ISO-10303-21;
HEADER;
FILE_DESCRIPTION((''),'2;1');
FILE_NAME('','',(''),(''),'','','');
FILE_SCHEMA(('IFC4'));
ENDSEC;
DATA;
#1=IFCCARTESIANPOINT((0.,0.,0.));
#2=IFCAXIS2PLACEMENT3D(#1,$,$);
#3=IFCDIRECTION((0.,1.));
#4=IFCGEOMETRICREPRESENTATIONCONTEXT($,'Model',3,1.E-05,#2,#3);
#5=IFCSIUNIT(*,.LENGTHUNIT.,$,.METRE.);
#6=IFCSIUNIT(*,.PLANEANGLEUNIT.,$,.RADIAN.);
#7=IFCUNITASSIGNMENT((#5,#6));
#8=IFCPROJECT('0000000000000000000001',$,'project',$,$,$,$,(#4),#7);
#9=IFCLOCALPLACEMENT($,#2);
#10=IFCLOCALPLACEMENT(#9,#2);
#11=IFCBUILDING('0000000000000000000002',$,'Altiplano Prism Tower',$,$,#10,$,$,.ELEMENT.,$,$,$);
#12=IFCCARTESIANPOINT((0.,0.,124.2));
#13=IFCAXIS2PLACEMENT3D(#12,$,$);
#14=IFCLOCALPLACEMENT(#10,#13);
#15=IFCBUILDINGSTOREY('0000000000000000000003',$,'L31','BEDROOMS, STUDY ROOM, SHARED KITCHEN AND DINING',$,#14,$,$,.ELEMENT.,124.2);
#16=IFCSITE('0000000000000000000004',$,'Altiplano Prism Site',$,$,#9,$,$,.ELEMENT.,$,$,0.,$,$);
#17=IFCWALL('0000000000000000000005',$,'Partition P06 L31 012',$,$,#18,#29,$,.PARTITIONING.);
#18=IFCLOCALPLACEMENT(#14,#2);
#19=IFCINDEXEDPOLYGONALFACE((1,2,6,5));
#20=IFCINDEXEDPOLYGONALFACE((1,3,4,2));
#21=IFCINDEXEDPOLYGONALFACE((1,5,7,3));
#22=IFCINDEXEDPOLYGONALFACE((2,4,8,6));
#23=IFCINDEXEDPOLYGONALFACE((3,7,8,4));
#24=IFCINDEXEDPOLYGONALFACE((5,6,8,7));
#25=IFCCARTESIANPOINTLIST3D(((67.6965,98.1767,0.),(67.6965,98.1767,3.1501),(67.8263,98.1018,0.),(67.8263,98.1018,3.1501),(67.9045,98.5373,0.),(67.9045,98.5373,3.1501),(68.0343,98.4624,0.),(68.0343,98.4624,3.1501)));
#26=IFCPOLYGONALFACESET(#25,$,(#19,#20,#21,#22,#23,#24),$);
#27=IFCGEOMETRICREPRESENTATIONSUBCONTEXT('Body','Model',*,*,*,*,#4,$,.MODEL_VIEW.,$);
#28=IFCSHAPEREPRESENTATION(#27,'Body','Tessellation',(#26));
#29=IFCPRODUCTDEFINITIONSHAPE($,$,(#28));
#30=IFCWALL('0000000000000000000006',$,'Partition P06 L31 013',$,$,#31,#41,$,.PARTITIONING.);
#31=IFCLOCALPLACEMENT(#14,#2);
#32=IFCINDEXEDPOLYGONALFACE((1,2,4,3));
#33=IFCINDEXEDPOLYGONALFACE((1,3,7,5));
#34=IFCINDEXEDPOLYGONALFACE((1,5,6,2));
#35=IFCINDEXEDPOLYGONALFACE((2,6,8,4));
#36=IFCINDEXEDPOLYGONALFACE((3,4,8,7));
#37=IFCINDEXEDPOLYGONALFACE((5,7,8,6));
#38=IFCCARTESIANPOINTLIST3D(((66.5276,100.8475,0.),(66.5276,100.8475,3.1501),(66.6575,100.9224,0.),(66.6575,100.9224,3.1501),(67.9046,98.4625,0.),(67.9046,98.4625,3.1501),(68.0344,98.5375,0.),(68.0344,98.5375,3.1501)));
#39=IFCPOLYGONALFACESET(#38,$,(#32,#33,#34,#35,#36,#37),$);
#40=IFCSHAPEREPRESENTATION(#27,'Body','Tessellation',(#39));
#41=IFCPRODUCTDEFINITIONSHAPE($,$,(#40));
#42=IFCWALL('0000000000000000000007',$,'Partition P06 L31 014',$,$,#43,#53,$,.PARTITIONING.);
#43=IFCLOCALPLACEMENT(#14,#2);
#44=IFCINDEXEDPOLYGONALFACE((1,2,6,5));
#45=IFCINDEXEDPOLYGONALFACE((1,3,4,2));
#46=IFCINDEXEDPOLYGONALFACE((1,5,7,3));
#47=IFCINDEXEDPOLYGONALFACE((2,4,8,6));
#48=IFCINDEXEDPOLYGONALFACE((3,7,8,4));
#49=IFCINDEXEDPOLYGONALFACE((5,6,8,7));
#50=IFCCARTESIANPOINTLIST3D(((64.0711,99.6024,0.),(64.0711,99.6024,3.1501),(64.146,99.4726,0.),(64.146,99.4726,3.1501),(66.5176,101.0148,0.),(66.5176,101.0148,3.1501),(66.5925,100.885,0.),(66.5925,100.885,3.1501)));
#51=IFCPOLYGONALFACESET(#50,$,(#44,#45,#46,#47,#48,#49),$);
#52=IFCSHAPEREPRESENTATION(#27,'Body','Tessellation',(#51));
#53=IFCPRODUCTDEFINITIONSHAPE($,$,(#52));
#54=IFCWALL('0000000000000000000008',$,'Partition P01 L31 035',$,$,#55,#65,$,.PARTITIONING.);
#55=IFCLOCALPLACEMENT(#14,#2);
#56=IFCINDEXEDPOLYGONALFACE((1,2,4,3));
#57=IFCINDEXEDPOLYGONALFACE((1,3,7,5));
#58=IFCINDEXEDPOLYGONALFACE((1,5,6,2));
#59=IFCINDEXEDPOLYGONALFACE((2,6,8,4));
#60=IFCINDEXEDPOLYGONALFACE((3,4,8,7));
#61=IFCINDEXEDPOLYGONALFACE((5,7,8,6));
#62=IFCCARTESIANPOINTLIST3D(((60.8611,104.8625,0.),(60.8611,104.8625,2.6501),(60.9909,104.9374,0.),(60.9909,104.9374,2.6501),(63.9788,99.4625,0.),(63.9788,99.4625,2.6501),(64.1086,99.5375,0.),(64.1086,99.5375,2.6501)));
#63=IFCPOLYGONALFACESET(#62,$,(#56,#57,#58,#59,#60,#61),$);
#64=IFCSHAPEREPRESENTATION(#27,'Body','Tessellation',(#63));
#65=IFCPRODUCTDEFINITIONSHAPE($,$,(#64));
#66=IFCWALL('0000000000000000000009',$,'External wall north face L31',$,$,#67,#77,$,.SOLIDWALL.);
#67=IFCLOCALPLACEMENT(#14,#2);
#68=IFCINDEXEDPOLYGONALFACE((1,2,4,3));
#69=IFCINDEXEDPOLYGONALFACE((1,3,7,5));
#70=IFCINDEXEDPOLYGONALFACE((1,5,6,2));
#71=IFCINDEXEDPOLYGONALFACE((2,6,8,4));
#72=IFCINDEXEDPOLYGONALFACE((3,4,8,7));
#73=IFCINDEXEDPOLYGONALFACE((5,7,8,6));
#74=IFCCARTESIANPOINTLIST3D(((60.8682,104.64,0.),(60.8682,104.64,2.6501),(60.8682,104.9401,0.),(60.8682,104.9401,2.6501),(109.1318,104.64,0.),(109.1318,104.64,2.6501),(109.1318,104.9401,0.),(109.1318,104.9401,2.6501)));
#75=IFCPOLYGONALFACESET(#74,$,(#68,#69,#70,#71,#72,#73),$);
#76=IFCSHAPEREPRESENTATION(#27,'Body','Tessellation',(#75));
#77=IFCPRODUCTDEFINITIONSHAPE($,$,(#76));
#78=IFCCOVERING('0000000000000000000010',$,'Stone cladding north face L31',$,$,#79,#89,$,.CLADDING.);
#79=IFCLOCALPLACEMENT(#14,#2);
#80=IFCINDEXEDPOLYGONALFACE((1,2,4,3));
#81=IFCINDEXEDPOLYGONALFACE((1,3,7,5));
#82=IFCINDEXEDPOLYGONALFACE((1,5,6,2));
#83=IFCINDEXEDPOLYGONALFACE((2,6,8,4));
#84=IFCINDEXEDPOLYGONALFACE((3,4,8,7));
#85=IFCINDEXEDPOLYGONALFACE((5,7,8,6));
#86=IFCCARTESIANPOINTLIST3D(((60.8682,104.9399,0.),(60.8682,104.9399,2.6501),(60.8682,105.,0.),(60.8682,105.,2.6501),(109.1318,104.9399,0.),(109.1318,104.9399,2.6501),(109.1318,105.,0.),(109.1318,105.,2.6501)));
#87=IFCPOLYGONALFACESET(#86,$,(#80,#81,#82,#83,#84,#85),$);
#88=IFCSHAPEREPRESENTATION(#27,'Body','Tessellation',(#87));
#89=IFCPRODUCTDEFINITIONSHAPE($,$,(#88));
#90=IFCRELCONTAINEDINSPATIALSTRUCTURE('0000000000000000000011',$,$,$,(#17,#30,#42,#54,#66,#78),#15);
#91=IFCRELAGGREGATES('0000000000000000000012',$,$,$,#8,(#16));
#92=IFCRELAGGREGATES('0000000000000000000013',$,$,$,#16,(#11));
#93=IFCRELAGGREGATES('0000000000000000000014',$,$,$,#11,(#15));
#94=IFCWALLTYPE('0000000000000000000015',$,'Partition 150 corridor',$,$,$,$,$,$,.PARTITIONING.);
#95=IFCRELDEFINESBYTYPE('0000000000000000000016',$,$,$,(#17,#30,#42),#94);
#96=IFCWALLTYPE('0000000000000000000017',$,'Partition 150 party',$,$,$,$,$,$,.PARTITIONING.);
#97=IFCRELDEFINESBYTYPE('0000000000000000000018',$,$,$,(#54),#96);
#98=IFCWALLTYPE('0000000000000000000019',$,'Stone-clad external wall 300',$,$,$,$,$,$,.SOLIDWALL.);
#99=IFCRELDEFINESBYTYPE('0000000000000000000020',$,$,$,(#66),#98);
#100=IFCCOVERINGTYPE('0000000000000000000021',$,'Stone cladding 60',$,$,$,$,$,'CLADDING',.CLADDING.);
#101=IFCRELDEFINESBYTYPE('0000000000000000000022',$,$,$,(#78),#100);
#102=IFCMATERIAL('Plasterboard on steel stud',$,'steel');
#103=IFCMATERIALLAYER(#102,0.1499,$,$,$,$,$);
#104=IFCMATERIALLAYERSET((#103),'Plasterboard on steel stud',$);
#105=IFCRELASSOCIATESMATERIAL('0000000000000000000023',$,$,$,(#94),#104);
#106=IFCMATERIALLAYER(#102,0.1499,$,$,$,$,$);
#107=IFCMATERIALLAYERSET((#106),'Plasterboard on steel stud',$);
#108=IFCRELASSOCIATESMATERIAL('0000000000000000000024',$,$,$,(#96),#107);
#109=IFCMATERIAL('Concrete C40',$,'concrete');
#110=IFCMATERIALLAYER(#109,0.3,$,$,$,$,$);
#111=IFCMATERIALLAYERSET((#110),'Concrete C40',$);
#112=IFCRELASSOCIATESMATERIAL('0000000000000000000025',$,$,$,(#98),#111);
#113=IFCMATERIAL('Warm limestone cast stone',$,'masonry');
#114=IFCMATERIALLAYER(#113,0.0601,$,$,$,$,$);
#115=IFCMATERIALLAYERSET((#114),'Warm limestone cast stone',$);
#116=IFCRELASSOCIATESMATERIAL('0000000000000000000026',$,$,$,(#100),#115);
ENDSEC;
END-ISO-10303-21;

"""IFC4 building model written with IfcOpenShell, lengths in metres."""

from ifc_helpers import new_model, si_unit, direction, frame, frame_2d, origin, place, context, subcontext, project, spatial, rectangle, extrude, material, layer, layer_set, type_object, element, save


model = new_model("IFC4")

# Units and contexts
model_context = context("Model", 3, precision=1e-05, world=origin(), true_north=direction((0.0, 1.0)))
body_context = subcontext(model_context, "Body", "Model", "MODEL_VIEW")
ifc_project = project(units=[si_unit("LENGTHUNIT", "METRE"), si_unit("PLANEANGLEUNIT", "RADIAN")], contexts=[model_context])

# Site, building, storey
site_placement = place(None, origin())
site = spatial("IfcSite", under=ifc_project, at=site_placement, Name="Altiplano Prism Site", CompositionType="ELEMENT", RefElevation=0.0)
building_placement = place(site_placement, origin())
building = spatial("IfcBuilding", under=site, at=building_placement, Name="Altiplano Prism Tower", CompositionType="ELEMENT")
storey_placement = place(building_placement, frame((0.0, 0.0, 124.2)))
storey = spatial("IfcBuildingStorey", under=building, at=storey_placement, Name="L31", Description="BEDROOMS, STUDY ROOM, SHARED KITCHEN AND DINING", CompositionType="ELEMENT", Elevation=124.2)

# Shared definitions
ifc_material_1 = material(Name="Plasterboard on steel stud", Category="steel")
ifc_layer_1 = layer(ifc_material_1, 0.1499)
ifc_layer_set_1 = layer_set([ifc_layer_1], Name="Plasterboard on steel stud")
wall_type_1 = type_object("IfcWallType", Name="Partition 150 corridor", PredefinedType="PARTITIONING", material=ifc_layer_set_1)

# Walls
wall_1_placement = place(storey_placement, frame((67.7615, 98.1394, 0.0), z_axis=(0.0, 0.0, 1.0), x_axis=(0.499672, 0.866215, 0.0)))
element("IfcWall", 1, at=wall_1_placement, inside=storey, type_object=wall_type_1, Name="Partition P06 L31 012", PredefinedType="PARTITIONING", context=body_context, shape_type="SweptSolid", body=[
    extrude(rectangle(XDim=0.4163, YDim=0.1499, at=frame_2d((0.208, 0.0))), origin(), (0.0, 0.0, 1.0), 3.1501),
])
wall_2_placement = place(storey_placement, frame((67.9695, 98.5, 0.0), z_axis=(0.0, 0.0, 1.0), x_axis=(-0.499991, 0.866031, 0.0)))
element("IfcWall", 2, at=wall_2_placement, inside=storey, type_object=wall_type_1, Name="Partition P06 L31 013", PredefinedType="PARTITIONING", context=body_context, shape_type="SweptSolid", body=[
    extrude(rectangle(XDim=2.7539, YDim=0.1499, at=frame_2d((1.377, 0.0))), origin(), (0.0, 0.0, 1.0), 3.1501),
])
wall_3_placement = place(storey_placement, frame((66.5552, 100.95, 0.0), z_axis=(0.0, 0.0, 1.0), x_axis=(-0.866049, -0.499959, 0.0)))
element("IfcWall", 3, at=wall_3_placement, inside=storey, type_object=wall_type_1, Name="Partition P06 L31 014", PredefinedType="PARTITIONING", context=body_context, shape_type="SweptSolid", body=[
    extrude(rectangle(XDim=2.825, YDim=0.1499, at=frame_2d((1.4126, 0.0))), origin(), (0.0, 0.0, 1.0), 3.1501),
])
ifc_layer_2 = layer(ifc_material_1, 0.1499)
ifc_layer_set_2 = layer_set([ifc_layer_2], Name="Plasterboard on steel stud")
wall_type_2 = type_object("IfcWallType", Name="Partition 150 party", PredefinedType="PARTITIONING", material=ifc_layer_set_2)
wall_4_placement = place(storey_placement, frame((64.0437, 99.5, 0.0), z_axis=(0.0, 0.0, 1.0), x_axis=(-0.500005, 0.866023, 0.0)))
element("IfcWall", 4, at=wall_4_placement, inside=storey, type_object=wall_type_2, Name="Partition P01 L31 035", PredefinedType="PARTITIONING", context=body_context, shape_type="SweptSolid", body=[
    extrude(rectangle(XDim=6.2354, YDim=0.1499, at=frame_2d((3.1177, 0.0))), origin(), (0.0, 0.0, 1.0), 2.6501),
])
ifc_material_2 = material(Name="Concrete C40", Category="concrete")
ifc_layer_3 = layer(ifc_material_2, 0.3)
ifc_layer_set_3 = layer_set([ifc_layer_3], Name="Concrete C40")
wall_type_3 = type_object("IfcWallType", Name="Stone-clad external wall 300", PredefinedType="SOLIDWALL", material=ifc_layer_set_3)
wall_5_placement = place(storey_placement, frame((60.8682, 104.79, 0.0), z_axis=(0.0, 0.0, 1.0), x_axis=(1.0, 0.0, 0.0)))
element("IfcWall", 5, at=wall_5_placement, inside=storey, type_object=wall_type_3, Name="External wall north face L31", PredefinedType="SOLIDWALL", context=body_context, shape_type="SweptSolid", body=[
    extrude(rectangle(XDim=48.2637, YDim=0.3, at=frame_2d((24.1318, 0.0))), origin(), (0.0, 0.0, 1.0), 2.6501),
])

# Covering
ifc_material_3 = material(Name="Warm limestone cast stone", Category="masonry")
ifc_layer_4 = layer(ifc_material_3, 0.0601)
ifc_layer_set_4 = layer_set([ifc_layer_4], Name="Warm limestone cast stone")
covering_type = type_object("IfcCoveringType", Name="Stone cladding 60", ElementType="CLADDING", PredefinedType="CLADDING", material=ifc_layer_set_4)
covering_placement = place(storey_placement, frame((60.8682, 104.97, 0.0), z_axis=(0.0, 0.0, 1.0), x_axis=(1.0, 0.0, 0.0)))
element("IfcCovering", 6, at=covering_placement, inside=storey, type_object=covering_type, Name="Stone cladding north face L31", PredefinedType="CLADDING", context=body_context, shape_type="SweptSolid", body=[
    extrude(rectangle(XDim=48.2637, YDim=0.0601, at=frame_2d((24.1318, 0.0))), origin(), (0.0, 0.0, 1.0), 2.6501),
])

save(model, "model.ifc")
